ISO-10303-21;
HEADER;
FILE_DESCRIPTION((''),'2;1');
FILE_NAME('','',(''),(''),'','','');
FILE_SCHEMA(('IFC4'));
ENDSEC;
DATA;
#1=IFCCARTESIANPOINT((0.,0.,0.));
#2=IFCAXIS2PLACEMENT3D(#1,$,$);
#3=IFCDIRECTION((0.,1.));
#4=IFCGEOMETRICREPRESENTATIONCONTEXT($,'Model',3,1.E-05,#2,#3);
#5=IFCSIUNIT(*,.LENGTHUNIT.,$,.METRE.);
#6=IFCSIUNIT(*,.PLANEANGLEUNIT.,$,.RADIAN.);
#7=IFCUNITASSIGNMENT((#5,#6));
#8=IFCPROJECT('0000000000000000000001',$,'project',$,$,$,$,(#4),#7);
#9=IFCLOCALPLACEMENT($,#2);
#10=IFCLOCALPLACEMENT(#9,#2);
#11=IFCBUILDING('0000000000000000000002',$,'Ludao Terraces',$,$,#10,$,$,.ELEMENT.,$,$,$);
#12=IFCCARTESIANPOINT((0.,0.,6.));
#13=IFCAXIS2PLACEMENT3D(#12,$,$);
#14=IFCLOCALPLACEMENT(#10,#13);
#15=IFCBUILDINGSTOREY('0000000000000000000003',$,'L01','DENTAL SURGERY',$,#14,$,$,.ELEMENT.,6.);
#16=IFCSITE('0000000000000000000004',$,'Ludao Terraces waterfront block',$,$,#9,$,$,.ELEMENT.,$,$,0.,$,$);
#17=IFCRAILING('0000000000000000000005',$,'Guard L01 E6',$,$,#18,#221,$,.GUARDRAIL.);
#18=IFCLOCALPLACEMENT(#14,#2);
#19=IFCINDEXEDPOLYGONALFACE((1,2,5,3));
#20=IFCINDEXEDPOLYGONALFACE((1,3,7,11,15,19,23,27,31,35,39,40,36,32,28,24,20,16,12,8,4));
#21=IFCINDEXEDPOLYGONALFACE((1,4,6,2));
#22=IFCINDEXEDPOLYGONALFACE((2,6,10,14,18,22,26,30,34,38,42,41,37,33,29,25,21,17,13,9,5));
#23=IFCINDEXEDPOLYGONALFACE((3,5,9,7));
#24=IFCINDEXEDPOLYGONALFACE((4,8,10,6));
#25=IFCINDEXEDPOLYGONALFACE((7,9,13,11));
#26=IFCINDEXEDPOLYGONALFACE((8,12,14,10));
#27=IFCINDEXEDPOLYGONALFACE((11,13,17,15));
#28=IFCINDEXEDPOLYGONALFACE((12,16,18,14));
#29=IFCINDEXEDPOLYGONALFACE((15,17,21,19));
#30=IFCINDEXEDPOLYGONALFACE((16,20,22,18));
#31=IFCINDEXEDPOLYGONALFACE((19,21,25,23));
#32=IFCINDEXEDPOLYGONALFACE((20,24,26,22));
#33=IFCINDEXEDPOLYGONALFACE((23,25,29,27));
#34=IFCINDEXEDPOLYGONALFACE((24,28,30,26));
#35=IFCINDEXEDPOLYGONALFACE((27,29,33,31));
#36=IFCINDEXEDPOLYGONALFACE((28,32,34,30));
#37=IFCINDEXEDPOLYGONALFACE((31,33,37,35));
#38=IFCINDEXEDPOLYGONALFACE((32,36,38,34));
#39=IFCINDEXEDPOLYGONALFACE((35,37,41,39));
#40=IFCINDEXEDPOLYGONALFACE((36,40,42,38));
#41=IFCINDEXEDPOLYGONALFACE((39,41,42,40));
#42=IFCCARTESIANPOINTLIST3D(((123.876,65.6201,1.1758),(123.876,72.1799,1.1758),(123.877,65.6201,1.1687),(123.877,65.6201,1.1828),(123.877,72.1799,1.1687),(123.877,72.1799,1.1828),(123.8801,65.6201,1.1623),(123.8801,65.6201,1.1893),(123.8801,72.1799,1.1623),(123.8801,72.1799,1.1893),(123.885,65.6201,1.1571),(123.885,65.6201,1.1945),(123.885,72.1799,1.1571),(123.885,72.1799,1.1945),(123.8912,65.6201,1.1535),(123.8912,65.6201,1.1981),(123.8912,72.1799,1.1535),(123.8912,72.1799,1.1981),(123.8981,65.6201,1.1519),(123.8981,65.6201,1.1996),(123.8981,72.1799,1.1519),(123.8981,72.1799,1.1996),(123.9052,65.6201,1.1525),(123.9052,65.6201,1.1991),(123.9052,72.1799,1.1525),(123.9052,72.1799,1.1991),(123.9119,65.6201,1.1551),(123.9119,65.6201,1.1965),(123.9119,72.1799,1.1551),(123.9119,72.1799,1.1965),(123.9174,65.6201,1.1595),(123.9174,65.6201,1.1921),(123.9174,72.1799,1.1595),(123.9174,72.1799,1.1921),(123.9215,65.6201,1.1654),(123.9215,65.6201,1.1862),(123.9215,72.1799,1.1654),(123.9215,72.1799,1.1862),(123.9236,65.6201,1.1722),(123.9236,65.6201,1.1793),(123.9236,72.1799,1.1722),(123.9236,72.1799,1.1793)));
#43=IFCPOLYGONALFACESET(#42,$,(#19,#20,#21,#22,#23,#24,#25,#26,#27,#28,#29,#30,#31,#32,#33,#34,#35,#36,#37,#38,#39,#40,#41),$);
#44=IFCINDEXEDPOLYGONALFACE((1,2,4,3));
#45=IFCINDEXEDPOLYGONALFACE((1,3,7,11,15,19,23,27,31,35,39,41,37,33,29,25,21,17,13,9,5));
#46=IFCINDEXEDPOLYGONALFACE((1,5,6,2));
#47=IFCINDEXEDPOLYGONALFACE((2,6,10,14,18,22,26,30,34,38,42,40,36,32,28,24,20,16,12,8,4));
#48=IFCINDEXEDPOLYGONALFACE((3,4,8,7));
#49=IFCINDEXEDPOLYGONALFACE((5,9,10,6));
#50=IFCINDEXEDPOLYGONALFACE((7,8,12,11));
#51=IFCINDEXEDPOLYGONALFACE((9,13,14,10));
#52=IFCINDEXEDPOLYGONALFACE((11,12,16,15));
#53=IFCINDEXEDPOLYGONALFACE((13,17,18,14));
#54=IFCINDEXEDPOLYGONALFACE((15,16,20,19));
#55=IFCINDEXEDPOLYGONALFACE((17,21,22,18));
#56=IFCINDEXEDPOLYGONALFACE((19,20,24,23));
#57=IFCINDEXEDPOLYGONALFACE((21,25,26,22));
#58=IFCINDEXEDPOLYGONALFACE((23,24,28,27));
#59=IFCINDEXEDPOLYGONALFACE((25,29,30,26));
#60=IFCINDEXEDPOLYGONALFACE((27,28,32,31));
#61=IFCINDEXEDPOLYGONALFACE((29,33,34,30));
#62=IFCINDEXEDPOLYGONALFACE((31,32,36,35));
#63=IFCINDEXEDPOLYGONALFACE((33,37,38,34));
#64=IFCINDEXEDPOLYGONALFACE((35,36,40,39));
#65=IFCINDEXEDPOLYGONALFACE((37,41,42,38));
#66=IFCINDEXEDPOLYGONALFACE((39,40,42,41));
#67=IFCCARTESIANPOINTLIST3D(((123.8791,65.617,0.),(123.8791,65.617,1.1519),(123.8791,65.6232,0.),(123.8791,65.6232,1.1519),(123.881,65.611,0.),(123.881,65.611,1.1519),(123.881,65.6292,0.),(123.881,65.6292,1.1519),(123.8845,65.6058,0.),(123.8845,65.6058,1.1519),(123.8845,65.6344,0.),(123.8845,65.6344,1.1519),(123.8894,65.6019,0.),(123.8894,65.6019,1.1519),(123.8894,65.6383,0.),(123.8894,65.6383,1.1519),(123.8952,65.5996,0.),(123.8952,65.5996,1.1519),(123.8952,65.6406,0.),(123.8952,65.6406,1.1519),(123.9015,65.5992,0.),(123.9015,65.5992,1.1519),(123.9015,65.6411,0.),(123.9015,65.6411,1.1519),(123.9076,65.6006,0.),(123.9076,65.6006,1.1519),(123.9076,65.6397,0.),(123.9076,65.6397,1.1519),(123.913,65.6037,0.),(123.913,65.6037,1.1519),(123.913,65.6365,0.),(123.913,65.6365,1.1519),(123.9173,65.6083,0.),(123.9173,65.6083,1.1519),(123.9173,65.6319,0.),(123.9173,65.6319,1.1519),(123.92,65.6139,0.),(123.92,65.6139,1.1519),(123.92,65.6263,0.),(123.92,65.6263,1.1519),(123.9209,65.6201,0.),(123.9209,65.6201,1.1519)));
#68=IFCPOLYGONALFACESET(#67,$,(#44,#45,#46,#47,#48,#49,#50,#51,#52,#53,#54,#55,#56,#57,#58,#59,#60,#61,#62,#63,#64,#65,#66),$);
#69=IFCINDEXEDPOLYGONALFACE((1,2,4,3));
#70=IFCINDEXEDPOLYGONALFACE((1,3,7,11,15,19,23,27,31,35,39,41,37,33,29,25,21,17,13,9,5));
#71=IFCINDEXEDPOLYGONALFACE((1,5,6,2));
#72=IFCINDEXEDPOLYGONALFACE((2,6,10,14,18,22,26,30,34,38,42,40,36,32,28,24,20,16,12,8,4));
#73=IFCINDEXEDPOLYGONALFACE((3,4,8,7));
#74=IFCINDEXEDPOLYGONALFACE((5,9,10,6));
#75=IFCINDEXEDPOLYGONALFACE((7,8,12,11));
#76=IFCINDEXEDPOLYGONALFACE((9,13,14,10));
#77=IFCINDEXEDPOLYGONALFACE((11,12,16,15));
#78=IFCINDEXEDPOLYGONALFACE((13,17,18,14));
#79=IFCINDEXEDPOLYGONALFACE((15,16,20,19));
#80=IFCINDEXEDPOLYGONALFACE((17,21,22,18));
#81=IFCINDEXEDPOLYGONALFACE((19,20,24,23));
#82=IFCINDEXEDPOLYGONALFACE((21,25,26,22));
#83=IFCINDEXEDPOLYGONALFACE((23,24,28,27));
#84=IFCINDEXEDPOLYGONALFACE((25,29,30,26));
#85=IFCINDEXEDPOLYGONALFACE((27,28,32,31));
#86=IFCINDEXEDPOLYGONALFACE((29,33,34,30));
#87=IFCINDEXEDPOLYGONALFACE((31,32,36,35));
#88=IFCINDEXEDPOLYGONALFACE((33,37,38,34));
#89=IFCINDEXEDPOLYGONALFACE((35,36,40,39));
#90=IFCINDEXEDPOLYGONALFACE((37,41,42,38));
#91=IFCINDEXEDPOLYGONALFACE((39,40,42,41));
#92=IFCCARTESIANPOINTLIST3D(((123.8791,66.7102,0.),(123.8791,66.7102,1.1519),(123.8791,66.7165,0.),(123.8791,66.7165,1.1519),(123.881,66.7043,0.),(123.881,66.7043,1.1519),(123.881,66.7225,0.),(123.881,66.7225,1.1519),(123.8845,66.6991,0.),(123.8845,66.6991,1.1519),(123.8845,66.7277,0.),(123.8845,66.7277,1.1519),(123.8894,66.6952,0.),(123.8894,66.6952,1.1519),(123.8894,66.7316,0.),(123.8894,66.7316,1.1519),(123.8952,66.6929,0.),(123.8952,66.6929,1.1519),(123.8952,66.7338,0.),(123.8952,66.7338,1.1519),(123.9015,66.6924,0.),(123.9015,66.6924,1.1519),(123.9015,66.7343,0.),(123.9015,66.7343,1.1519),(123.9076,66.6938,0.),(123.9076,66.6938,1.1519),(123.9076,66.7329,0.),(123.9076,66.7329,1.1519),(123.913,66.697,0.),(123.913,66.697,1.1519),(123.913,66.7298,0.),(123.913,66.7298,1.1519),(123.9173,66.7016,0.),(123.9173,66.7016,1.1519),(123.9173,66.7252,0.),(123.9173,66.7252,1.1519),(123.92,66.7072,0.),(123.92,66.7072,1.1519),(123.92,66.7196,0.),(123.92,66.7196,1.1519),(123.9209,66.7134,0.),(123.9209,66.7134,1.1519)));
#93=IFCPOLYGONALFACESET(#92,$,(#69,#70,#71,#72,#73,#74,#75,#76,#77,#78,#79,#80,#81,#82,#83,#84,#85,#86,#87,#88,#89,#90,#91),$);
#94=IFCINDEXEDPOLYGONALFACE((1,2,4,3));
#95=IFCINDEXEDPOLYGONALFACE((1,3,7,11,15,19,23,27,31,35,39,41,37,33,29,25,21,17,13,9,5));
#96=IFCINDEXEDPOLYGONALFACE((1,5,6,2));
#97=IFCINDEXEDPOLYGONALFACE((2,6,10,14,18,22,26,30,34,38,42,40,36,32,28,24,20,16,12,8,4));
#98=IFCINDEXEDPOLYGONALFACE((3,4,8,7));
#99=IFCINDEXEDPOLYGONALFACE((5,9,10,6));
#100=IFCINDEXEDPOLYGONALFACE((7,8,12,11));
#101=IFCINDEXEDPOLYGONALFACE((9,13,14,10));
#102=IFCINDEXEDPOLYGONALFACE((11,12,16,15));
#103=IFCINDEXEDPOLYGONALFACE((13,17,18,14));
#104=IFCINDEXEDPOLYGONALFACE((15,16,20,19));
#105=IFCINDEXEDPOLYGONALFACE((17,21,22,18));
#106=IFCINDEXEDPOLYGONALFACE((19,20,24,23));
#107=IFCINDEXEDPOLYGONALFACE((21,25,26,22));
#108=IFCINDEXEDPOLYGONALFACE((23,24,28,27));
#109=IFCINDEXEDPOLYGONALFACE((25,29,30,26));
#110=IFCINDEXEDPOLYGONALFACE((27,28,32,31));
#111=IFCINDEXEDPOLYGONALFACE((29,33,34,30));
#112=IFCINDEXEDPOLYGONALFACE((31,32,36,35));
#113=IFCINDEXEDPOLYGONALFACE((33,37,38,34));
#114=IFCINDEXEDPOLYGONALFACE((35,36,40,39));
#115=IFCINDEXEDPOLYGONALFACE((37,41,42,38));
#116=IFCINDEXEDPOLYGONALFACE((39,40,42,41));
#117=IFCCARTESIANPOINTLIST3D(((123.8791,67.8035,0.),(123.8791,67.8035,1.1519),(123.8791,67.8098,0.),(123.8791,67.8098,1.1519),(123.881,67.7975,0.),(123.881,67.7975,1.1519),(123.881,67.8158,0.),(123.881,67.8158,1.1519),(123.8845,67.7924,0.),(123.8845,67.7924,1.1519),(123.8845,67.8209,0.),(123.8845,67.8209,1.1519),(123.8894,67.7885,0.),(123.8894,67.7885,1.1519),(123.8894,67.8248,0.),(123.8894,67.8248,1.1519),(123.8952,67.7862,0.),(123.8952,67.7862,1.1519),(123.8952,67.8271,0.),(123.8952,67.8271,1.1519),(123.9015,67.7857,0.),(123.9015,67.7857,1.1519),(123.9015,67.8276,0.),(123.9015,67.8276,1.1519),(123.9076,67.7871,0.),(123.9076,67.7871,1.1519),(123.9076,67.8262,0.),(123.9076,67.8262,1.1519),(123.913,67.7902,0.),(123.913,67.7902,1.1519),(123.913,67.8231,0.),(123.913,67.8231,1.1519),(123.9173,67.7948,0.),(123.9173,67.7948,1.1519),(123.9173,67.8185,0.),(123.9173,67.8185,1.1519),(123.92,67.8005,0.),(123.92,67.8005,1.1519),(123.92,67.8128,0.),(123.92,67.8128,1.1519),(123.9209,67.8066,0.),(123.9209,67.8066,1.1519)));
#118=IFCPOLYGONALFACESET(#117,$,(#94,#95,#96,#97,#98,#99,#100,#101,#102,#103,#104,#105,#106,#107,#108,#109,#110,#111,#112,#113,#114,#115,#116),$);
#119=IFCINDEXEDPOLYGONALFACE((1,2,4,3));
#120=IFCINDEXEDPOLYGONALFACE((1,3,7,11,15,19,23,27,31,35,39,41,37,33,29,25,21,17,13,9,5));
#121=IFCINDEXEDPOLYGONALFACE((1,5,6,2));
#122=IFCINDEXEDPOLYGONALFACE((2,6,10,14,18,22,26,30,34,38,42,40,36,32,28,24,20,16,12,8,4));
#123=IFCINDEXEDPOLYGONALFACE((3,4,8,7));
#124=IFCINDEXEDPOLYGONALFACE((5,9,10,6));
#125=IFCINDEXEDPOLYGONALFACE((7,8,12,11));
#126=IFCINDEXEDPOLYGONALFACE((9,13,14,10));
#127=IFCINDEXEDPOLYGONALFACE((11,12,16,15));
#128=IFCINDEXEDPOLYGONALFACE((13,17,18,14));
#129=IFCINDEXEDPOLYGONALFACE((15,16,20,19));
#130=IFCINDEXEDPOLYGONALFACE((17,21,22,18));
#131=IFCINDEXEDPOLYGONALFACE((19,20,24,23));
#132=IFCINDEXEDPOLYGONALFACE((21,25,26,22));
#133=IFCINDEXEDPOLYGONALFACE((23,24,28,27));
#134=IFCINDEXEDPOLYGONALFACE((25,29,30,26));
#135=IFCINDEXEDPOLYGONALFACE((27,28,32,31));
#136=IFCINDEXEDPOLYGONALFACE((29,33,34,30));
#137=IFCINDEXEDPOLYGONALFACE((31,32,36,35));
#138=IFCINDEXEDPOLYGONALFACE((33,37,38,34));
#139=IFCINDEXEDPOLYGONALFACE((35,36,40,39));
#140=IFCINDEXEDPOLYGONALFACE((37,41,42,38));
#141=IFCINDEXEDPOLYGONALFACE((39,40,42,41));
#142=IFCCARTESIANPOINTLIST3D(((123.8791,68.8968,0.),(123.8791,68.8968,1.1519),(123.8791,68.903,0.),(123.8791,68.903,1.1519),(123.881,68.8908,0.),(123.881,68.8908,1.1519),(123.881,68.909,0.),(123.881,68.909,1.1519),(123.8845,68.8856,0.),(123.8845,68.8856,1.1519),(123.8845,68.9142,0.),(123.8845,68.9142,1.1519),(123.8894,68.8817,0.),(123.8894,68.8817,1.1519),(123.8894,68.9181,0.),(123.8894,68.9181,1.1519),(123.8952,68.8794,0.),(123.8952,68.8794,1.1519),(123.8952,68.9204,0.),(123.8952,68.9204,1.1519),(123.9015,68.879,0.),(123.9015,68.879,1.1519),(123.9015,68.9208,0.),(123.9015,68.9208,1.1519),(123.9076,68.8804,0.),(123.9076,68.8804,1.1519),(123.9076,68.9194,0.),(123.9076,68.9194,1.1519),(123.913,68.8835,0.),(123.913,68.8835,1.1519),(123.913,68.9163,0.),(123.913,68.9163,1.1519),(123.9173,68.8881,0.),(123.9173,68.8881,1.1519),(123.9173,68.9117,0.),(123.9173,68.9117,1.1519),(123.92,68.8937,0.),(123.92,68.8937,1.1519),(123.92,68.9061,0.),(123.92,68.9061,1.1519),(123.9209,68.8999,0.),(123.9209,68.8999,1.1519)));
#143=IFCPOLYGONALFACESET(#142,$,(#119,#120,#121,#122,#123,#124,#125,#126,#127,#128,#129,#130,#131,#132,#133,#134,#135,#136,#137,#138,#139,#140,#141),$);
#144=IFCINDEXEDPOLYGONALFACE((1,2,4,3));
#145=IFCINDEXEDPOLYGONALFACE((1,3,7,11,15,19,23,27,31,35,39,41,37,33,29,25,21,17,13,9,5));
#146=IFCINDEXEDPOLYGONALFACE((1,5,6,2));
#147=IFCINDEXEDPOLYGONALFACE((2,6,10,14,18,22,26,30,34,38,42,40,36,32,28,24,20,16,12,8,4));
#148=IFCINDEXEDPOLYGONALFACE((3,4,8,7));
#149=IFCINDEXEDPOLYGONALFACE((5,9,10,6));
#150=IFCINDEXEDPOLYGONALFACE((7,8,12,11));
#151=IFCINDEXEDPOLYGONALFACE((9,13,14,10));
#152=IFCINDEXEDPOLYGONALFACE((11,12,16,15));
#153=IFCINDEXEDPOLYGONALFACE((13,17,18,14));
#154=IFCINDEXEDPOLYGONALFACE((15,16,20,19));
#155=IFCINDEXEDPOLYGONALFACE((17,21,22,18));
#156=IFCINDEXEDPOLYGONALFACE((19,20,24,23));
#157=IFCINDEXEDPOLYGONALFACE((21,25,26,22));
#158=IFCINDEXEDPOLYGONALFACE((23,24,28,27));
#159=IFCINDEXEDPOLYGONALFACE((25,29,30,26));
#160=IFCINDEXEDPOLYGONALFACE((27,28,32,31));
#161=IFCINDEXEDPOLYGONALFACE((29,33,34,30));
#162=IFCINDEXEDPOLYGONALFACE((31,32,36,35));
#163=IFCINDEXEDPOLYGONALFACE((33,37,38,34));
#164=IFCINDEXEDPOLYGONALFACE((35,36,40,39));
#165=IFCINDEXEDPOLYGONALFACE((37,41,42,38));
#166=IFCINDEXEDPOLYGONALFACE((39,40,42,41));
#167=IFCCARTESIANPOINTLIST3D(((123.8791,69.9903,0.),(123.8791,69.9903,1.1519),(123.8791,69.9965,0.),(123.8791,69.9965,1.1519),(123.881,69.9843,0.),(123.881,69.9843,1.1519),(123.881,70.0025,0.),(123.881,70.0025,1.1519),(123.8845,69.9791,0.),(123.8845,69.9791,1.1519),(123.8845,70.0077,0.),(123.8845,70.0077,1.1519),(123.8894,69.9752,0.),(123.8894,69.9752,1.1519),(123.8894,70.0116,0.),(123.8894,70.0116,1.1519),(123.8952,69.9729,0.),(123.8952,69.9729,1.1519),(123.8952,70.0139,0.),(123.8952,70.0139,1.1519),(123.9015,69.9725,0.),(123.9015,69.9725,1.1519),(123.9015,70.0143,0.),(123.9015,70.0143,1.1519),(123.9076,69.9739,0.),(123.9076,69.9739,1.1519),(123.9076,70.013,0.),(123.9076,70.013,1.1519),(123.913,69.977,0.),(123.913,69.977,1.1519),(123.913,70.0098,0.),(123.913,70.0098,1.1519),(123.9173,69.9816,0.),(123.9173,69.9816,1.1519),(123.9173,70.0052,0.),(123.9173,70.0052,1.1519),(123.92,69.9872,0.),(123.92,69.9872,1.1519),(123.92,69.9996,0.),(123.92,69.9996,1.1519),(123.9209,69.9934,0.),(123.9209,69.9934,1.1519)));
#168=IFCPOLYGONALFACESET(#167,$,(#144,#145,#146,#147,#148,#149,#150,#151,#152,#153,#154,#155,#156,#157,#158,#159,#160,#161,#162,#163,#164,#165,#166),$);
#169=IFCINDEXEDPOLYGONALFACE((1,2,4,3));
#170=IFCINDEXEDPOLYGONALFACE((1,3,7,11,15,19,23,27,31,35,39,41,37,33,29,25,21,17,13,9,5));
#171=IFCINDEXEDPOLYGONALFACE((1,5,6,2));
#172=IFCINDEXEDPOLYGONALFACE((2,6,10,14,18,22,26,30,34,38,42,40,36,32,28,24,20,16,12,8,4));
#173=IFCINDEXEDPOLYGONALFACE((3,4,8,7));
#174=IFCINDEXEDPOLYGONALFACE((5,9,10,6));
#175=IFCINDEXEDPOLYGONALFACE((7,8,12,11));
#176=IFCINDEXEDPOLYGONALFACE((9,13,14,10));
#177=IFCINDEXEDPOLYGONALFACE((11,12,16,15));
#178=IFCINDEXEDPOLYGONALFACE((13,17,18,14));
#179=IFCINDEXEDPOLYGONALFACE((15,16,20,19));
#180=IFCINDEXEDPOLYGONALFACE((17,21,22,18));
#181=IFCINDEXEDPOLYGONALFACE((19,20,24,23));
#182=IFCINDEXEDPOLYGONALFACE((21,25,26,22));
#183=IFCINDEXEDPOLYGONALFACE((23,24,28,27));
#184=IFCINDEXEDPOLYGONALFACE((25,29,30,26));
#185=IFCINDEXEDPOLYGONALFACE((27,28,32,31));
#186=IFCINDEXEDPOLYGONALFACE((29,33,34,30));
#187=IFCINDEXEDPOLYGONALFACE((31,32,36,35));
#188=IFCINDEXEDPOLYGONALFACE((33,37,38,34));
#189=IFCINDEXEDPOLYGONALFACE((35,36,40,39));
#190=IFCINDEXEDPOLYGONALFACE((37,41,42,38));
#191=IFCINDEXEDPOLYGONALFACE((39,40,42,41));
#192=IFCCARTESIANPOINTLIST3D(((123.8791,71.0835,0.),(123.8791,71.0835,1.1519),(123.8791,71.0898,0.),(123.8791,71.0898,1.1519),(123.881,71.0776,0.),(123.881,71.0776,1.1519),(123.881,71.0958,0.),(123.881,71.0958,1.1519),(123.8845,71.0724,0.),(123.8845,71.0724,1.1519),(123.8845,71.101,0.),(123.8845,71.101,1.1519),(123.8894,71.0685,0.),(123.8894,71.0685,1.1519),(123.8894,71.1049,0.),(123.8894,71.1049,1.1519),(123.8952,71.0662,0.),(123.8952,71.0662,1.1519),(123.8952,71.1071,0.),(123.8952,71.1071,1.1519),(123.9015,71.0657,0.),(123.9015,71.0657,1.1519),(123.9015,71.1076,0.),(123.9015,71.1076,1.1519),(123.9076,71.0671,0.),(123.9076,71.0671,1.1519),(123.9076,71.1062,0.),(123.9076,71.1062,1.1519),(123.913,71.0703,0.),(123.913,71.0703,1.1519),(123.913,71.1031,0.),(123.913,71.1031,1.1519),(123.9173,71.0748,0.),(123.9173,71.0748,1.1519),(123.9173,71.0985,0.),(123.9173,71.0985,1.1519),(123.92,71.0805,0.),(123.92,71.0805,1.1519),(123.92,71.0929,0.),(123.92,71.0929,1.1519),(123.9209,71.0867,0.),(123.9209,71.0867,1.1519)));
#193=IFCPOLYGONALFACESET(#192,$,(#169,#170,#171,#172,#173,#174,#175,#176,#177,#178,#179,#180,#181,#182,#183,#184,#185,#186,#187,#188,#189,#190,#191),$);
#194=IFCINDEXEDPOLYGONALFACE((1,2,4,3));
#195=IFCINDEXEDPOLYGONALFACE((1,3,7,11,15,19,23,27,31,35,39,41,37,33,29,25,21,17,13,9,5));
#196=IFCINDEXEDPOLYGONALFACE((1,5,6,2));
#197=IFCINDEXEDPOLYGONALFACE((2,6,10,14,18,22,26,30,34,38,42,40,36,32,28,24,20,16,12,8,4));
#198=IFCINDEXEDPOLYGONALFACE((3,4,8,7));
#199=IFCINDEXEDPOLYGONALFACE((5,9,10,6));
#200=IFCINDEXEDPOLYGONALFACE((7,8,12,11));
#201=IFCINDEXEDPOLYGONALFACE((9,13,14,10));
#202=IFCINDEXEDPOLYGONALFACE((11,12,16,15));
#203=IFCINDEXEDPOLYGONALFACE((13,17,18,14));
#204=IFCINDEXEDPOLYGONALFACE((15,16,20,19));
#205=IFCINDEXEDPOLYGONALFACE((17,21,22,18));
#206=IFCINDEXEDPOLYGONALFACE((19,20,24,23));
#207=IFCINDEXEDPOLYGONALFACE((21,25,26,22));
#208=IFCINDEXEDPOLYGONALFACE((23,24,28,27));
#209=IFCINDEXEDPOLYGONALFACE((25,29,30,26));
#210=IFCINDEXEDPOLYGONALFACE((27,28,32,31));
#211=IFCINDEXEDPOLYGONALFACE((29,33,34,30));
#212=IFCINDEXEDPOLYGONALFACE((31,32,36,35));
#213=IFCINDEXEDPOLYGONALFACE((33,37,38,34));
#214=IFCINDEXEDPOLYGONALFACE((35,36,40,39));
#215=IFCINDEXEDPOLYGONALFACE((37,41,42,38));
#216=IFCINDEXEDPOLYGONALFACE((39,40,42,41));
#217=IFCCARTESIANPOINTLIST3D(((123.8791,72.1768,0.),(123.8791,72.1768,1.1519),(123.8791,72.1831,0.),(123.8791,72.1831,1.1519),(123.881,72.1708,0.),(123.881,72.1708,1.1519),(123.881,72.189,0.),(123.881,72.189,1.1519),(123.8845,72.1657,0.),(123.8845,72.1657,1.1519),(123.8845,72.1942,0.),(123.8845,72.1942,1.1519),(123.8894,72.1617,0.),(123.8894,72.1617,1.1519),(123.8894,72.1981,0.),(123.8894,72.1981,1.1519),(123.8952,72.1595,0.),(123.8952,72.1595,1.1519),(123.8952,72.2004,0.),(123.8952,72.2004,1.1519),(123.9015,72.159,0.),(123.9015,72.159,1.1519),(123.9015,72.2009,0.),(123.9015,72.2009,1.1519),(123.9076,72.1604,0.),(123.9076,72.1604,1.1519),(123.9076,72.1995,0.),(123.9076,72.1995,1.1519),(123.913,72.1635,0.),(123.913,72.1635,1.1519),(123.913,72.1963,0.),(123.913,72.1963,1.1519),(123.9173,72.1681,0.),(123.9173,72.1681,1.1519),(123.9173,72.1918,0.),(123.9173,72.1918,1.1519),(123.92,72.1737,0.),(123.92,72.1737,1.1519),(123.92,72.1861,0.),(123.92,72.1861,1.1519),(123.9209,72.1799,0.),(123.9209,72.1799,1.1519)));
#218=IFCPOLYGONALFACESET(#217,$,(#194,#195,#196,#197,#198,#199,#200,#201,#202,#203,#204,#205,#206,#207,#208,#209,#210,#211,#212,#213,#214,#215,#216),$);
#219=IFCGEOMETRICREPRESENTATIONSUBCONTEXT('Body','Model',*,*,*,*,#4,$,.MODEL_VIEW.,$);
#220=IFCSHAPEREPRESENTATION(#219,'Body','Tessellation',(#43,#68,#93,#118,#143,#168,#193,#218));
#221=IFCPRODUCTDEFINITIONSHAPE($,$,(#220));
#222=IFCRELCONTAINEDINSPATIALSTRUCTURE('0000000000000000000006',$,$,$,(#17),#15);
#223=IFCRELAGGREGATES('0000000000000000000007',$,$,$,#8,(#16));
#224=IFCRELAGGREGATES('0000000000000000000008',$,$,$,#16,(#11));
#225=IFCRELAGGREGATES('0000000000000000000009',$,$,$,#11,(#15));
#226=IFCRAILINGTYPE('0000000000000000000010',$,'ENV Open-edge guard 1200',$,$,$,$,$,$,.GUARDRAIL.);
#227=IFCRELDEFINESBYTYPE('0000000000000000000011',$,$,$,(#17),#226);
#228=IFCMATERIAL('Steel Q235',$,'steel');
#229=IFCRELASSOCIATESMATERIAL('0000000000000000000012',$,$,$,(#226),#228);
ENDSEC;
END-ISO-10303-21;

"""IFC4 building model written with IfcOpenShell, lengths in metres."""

from ifc_helpers import new_model, si_unit, direction, frame, origin, origin_2d, place, context, subcontext, project, spatial, circle, extrude, material, type_object, element, save


model = new_model("IFC4")

# Units and contexts
model_context = context("Model", 3, precision=1e-05, world=origin(), true_north=direction((0.0, 1.0)))
body_context = subcontext(model_context, "Body", "Model", "MODEL_VIEW")
ifc_project = project(units=[si_unit("LENGTHUNIT", "METRE"), si_unit("PLANEANGLEUNIT", "RADIAN")], contexts=[model_context])

# Site, building, storey
site_placement = place(None, origin())
site = spatial("IfcSite", under=ifc_project, at=site_placement, Name="Ludao Terraces waterfront block", CompositionType="ELEMENT", RefElevation=0.0)
building_placement = place(site_placement, origin())
building = spatial("IfcBuilding", under=site, at=building_placement, Name="Ludao Terraces", CompositionType="ELEMENT")
storey_placement = place(building_placement, frame((0.0, 0.0, 6.0)))
storey = spatial("IfcBuildingStorey", under=building, at=storey_placement, Name="L01", Description="DENTAL SURGERY", CompositionType="ELEMENT", Elevation=6.0)

# Shared definitions
ifc_material_1 = material(Name="Steel Q235", Category="steel")

# Railing
railing_type = type_object("IfcRailingType", Name="ENV Open-edge guard 1200", PredefinedType="GUARDRAIL", material=ifc_material_1)
railing_placement = place(storey_placement, frame((123.8999, 65.6201, 0.0)))
element("IfcRailing", 1, at=railing_placement, inside=storey, type_object=railing_type, Name="Guard L01 E6", PredefinedType="GUARDRAIL", context=body_context, shape_type="SweptSolid", body=[
    extrude(circle(Radius=0.0239, at=origin_2d()), frame((0.0, 0.0, 1.1758), z_axis=(0.0, 1.0, 0.0), x_axis=(-1.0, 0.0, 0.0)), (0.0, 0.0, 1.0), 6.5598),
    extrude(circle(Radius=0.021, at=origin_2d()), origin(), (0.0, 0.0, 1.0), 1.1519),
    extrude(circle(Radius=0.021, at=origin_2d()), frame((0.0, 1.0933, 0.0)), (0.0, 0.0, 1.0), 1.1519),
    extrude(circle(Radius=0.021, at=origin_2d()), frame((0.0, 2.1865, 0.0)), (0.0, 0.0, 1.0), 1.1519),
    extrude(circle(Radius=0.021, at=origin_2d()), frame((0.0, 3.2798, 0.0)), (0.0, 0.0, 1.0), 1.1519),
    extrude(circle(Radius=0.021, at=origin_2d()), frame((0.0, 4.3733, 0.0)), (0.0, 0.0, 1.0), 1.1519),
    extrude(circle(Radius=0.021, at=origin_2d()), frame((0.0, 5.4666, 0.0)), (0.0, 0.0, 1.0), 1.1519),
    extrude(circle(Radius=0.021, at=origin_2d()), frame((0.0, 6.5598, 0.0)), (0.0, 0.0, 1.0), 1.1519),
])

save(model, "model.ifc")
